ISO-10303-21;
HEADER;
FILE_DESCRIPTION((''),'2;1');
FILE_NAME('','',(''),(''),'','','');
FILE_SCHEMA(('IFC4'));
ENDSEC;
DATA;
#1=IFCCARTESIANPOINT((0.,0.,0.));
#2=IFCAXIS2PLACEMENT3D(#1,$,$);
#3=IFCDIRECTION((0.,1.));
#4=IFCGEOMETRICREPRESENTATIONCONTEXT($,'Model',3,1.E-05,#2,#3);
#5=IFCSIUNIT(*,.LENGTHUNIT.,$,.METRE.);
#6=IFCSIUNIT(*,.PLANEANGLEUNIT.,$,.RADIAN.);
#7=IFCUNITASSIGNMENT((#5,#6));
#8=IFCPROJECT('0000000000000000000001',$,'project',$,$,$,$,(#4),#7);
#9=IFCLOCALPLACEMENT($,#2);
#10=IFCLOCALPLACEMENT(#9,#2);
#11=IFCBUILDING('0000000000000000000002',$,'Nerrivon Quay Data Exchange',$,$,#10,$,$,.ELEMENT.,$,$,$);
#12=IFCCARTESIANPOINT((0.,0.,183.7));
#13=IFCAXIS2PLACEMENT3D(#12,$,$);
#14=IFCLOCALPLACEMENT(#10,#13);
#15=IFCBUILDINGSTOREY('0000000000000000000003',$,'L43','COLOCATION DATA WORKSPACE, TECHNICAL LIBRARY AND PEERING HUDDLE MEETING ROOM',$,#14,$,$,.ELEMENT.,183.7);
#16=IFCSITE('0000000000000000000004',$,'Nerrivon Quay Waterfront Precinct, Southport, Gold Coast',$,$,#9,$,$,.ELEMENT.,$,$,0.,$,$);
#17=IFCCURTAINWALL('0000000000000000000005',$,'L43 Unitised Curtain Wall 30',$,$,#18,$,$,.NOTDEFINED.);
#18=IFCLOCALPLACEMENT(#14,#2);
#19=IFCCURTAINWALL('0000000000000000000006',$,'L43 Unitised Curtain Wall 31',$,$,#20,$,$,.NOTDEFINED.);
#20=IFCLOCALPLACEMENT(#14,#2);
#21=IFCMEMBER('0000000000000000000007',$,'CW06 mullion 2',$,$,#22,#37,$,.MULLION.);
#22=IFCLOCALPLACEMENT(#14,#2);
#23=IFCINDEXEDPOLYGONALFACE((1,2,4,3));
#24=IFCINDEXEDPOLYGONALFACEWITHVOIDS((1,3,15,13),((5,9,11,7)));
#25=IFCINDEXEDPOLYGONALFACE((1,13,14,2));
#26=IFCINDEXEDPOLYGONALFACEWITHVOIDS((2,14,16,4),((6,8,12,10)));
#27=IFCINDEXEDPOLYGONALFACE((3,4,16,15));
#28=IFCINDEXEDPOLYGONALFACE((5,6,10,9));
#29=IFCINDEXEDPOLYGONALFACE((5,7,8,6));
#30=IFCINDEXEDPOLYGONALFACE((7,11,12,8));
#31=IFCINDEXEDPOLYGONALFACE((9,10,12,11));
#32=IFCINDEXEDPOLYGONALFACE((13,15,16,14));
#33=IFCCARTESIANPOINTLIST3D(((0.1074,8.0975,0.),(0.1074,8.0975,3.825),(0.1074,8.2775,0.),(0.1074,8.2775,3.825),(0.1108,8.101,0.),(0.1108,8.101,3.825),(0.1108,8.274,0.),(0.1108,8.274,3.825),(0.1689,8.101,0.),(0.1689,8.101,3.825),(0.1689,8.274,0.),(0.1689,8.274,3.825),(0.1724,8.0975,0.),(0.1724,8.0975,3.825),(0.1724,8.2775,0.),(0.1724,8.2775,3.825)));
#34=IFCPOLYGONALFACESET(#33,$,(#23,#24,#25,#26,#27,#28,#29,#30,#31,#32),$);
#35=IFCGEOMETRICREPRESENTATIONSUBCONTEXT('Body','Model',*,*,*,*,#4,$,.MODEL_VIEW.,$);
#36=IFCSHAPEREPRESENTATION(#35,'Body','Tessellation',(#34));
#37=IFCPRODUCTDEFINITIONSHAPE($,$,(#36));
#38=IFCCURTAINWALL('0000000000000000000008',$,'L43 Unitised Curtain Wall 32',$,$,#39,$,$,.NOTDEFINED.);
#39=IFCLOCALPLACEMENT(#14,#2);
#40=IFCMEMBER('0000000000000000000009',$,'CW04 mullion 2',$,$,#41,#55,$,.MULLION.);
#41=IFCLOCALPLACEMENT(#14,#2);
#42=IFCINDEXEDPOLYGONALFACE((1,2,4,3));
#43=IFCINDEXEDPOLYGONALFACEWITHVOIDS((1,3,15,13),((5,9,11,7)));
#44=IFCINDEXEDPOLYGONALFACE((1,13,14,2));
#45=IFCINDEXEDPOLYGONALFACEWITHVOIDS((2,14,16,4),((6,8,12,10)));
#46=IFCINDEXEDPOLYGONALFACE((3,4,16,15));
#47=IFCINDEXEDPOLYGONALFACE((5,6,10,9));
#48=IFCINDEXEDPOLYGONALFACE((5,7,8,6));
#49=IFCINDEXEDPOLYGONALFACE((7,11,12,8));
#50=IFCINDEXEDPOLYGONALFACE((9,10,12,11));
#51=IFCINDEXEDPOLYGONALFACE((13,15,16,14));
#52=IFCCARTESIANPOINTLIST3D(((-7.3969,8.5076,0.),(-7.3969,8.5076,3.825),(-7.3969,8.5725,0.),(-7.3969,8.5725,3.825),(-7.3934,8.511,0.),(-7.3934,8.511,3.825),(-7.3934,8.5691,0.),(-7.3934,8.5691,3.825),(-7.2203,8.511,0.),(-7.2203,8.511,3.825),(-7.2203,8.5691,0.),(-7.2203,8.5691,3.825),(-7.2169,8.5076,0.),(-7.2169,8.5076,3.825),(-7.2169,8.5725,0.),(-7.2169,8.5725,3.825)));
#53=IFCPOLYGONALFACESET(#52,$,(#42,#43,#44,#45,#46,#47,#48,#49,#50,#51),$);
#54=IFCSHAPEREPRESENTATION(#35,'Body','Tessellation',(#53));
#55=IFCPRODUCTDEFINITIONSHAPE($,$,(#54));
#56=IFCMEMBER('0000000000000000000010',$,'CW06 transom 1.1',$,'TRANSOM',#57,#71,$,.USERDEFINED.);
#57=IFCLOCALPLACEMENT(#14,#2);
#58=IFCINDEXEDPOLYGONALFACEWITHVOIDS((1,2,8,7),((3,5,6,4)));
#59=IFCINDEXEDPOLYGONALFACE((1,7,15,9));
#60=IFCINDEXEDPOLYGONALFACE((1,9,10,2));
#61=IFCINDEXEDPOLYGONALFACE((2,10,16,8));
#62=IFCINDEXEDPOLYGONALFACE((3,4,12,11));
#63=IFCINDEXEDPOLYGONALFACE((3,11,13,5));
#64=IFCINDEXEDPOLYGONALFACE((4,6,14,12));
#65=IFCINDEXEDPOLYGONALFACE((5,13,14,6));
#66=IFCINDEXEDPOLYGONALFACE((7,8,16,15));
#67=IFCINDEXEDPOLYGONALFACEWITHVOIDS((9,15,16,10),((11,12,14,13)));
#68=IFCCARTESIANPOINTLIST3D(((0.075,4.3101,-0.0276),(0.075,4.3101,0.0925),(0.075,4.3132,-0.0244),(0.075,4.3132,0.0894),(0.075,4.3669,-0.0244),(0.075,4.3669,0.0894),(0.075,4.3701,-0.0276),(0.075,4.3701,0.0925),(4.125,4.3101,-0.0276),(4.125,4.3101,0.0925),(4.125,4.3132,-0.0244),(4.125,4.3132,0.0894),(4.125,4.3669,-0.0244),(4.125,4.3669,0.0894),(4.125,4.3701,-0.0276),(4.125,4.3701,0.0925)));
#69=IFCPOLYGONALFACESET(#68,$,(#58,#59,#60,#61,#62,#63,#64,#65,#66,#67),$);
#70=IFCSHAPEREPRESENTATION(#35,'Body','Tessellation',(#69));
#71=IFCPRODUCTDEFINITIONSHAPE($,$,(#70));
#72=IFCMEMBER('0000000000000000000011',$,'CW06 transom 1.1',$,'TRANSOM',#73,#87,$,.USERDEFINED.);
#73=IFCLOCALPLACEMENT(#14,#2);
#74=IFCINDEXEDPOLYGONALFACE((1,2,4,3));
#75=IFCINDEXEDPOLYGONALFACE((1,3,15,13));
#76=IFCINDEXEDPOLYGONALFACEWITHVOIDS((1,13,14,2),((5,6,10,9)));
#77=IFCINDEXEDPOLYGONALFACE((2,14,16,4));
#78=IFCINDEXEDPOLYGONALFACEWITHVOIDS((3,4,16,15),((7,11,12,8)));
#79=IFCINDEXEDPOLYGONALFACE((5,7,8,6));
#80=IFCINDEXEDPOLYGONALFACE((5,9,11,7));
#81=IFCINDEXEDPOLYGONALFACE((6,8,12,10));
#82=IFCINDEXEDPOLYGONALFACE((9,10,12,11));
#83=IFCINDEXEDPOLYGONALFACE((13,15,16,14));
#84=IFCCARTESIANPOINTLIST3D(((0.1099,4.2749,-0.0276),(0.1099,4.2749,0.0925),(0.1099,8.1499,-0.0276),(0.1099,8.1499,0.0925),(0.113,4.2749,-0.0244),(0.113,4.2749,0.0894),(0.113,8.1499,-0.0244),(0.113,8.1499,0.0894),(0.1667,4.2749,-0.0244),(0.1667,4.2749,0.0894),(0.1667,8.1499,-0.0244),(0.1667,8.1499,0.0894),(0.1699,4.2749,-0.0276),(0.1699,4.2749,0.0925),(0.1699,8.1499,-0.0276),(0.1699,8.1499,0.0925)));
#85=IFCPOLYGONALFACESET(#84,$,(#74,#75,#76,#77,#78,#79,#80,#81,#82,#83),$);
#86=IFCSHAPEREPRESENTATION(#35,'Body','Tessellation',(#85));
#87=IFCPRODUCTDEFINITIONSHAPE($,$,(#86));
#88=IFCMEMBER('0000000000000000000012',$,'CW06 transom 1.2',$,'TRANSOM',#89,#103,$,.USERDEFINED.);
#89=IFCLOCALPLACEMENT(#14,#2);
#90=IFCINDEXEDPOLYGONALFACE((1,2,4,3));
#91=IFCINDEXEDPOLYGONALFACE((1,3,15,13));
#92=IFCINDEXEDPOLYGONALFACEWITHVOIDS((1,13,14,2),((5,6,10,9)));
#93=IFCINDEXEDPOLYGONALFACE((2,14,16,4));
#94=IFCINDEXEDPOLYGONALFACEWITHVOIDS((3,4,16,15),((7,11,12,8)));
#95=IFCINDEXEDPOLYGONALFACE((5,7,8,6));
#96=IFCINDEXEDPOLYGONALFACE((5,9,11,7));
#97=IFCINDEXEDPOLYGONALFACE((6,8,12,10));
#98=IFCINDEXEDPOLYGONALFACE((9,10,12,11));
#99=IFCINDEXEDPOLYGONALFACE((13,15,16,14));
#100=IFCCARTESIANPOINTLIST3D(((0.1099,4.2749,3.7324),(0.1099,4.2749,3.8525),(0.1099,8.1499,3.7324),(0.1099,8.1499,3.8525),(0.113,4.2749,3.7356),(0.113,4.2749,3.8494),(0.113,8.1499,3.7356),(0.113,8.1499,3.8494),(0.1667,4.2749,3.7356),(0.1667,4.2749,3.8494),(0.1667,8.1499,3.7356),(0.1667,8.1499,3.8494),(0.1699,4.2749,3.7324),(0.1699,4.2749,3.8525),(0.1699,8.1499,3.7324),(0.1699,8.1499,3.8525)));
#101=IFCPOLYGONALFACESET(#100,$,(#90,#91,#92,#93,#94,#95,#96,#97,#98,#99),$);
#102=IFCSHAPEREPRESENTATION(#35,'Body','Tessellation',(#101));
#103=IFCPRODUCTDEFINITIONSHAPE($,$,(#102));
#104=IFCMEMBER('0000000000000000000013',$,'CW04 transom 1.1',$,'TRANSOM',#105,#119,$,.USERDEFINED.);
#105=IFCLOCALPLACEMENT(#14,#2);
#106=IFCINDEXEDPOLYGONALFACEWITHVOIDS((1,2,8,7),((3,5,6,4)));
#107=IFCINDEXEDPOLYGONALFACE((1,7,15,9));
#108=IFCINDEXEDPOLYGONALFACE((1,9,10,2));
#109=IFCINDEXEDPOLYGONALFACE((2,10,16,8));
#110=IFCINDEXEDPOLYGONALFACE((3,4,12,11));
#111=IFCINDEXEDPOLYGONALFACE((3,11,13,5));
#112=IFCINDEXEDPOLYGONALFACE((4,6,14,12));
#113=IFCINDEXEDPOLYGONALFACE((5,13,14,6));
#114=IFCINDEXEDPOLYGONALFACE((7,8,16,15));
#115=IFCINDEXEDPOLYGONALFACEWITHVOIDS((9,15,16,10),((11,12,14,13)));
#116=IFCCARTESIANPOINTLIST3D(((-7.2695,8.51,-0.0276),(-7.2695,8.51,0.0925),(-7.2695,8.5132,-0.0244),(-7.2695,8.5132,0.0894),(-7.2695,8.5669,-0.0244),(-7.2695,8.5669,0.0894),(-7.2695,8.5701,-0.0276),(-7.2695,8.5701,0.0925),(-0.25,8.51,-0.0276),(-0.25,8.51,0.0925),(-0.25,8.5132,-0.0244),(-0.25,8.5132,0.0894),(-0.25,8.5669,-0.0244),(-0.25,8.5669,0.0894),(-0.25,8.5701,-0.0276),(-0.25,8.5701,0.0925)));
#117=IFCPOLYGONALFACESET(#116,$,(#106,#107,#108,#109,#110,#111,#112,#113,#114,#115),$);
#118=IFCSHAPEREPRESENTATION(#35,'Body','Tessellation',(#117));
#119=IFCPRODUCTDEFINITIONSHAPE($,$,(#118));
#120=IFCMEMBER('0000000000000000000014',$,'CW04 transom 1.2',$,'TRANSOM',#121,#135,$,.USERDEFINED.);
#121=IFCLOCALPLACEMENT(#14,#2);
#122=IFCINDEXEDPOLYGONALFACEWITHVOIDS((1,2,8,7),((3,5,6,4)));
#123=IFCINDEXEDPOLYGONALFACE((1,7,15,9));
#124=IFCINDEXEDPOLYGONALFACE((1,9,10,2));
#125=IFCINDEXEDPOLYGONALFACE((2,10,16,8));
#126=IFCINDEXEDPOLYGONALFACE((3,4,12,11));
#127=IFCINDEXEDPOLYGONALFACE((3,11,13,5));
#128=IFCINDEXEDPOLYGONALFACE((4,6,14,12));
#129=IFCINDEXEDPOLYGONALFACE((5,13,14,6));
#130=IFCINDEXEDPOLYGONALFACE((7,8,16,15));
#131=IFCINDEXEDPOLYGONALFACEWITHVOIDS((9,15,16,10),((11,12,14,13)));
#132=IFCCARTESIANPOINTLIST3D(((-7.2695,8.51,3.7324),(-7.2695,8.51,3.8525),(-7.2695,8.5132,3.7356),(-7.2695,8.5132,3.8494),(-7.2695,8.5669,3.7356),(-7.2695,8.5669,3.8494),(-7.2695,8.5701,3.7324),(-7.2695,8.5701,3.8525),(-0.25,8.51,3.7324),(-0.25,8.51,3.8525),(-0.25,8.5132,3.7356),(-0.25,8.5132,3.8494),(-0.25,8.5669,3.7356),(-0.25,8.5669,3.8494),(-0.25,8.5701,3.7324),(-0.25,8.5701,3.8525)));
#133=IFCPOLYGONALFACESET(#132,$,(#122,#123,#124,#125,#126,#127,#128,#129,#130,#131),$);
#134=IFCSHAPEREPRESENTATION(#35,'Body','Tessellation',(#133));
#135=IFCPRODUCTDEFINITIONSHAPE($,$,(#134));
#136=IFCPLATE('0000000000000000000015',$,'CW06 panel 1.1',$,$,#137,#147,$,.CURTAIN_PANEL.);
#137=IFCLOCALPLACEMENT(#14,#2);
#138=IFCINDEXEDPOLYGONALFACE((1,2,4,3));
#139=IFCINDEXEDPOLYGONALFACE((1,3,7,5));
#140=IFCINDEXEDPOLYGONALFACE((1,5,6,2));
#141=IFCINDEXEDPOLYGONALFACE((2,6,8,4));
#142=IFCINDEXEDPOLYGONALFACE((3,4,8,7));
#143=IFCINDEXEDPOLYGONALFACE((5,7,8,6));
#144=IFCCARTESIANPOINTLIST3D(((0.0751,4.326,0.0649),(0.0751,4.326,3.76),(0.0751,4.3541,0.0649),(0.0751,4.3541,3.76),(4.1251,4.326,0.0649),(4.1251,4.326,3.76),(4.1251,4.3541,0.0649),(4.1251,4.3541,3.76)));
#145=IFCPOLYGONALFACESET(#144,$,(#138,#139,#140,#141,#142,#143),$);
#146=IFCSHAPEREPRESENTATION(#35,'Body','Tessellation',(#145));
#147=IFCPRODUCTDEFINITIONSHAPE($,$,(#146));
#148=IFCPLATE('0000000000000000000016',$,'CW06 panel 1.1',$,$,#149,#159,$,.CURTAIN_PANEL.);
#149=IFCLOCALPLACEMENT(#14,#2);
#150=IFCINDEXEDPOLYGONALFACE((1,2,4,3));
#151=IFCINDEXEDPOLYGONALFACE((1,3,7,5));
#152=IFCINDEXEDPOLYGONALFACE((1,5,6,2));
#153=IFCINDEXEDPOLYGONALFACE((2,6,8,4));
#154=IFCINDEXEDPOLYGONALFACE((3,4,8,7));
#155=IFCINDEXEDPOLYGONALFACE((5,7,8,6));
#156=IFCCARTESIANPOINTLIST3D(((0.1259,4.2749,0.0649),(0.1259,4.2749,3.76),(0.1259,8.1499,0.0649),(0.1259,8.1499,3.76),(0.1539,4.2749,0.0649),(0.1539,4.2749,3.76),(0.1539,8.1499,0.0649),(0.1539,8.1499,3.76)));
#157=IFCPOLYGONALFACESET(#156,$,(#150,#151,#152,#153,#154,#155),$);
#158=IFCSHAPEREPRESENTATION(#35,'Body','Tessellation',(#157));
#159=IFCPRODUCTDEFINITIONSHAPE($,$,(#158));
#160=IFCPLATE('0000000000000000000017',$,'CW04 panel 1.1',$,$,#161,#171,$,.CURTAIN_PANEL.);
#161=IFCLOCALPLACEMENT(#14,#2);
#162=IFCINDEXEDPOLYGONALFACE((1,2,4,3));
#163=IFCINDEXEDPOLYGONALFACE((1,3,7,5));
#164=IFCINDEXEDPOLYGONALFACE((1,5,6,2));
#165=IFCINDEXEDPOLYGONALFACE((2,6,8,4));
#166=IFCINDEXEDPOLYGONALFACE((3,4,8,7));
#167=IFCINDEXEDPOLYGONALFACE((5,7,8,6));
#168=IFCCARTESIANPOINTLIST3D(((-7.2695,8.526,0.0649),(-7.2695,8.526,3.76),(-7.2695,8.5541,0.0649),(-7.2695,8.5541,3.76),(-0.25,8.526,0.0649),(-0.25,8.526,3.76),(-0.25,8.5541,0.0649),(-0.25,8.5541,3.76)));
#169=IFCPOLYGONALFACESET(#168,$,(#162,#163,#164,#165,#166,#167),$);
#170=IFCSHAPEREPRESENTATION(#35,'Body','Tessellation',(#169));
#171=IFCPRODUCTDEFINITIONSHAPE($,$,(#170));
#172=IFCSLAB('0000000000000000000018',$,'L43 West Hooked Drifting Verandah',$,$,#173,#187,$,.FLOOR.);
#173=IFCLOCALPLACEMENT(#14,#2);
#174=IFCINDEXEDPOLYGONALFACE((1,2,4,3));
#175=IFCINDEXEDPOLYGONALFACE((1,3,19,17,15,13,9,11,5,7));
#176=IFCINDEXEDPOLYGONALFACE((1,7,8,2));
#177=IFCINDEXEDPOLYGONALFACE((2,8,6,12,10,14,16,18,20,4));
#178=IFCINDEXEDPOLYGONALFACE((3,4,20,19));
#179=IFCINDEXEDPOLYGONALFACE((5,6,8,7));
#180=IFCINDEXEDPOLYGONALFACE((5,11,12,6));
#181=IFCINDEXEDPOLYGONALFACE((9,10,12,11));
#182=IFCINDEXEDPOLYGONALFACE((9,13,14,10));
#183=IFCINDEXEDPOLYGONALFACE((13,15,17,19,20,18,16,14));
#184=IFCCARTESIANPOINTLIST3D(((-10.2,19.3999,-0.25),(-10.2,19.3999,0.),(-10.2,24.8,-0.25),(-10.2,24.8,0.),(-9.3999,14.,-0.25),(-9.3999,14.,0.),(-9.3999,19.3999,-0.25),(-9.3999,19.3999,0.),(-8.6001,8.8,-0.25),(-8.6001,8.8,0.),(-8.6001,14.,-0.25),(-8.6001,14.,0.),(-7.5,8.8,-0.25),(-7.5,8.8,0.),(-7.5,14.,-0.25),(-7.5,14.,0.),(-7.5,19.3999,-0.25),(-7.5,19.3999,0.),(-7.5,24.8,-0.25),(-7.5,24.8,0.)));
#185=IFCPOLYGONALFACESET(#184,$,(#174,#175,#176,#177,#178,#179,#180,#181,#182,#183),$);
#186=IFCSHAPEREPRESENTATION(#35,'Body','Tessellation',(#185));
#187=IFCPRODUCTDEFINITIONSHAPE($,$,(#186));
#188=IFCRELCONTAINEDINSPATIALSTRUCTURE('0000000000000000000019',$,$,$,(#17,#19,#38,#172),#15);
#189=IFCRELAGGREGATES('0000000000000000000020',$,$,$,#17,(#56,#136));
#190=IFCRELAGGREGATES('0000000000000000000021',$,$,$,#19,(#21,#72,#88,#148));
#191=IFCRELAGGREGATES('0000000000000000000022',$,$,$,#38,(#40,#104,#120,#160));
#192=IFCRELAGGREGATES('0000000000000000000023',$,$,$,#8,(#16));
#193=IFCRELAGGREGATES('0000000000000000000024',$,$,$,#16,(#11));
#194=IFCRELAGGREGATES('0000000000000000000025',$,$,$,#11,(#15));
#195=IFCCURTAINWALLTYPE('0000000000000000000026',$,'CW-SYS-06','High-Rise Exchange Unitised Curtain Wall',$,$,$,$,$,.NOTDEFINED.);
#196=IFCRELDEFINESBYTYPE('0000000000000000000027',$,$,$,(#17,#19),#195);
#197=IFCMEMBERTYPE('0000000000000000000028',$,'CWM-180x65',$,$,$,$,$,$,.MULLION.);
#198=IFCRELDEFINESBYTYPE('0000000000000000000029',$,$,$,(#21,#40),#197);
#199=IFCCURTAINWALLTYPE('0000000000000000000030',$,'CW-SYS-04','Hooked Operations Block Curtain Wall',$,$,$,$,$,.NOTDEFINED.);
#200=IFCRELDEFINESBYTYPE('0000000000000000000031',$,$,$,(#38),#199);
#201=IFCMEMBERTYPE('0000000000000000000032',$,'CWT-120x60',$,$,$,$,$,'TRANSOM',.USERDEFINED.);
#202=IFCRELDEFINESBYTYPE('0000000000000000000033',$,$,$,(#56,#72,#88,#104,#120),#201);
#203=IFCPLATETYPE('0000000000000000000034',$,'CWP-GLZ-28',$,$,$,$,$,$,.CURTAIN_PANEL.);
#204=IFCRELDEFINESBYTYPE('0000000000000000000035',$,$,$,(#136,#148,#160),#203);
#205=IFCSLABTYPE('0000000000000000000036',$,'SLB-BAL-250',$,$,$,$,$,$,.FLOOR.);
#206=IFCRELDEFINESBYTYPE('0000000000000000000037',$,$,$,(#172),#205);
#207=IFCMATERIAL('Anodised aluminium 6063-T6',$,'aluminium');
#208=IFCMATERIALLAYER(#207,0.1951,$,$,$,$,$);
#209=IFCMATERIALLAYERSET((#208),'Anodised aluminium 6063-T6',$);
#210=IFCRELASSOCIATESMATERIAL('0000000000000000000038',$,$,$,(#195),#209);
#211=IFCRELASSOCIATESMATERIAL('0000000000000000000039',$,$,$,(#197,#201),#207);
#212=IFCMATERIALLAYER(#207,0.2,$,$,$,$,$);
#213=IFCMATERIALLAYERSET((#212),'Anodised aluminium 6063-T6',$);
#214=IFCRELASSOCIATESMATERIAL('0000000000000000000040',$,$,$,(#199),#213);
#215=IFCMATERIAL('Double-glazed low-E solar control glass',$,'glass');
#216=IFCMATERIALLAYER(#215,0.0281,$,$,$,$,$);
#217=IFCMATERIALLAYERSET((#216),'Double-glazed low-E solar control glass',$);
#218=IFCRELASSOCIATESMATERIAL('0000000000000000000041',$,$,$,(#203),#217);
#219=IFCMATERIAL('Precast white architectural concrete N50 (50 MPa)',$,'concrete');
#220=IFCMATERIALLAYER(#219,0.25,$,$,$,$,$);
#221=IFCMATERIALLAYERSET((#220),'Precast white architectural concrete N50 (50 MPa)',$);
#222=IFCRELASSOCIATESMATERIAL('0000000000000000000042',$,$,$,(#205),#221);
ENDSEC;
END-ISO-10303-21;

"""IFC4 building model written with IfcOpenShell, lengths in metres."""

from ifc_helpers import new_model, si_unit, direction, frame, origin, origin_2d, place, context, subcontext, project, spatial, polyline, rectangle, hollow_rectangle, outline, extrude, material, layer, layer_set, material_profile, profile_set, type_object, element, aggregate, save


model = new_model("IFC4")

# Units and contexts
model_context = context("Model", 3, precision=1e-05, world=origin(), true_north=direction((0.0, 1.0)))
body_context = subcontext(model_context, "Body", "Model", "MODEL_VIEW")
ifc_project = project(units=[si_unit("LENGTHUNIT", "METRE"), si_unit("PLANEANGLEUNIT", "RADIAN")], contexts=[model_context])

# Site, building, storey
site_placement = place(None, origin())
site = spatial("IfcSite", under=ifc_project, at=site_placement, Name="Nerrivon Quay Waterfront Precinct, Southport, Gold Coast", CompositionType="ELEMENT", RefElevation=0.0)
building_placement = place(site_placement, origin())
building = spatial("IfcBuilding", under=site, at=building_placement, Name="Nerrivon Quay Data Exchange", CompositionType="ELEMENT")
storey_placement = place(building_placement, frame((0.0, 0.0, 183.7)))
storey = spatial("IfcBuildingStorey", under=building, at=storey_placement, Name="L43", Description="COLOCATION DATA WORKSPACE, TECHNICAL LIBRARY AND PEERING HUDDLE MEETING ROOM", CompositionType="ELEMENT", Elevation=183.7)

# Curtain wall
ifc_material_1 = material(Name="Anodised aluminium 6063-T6", Category="aluminium")
ifc_layer_1 = layer(ifc_material_1, 0.1951)
ifc_layer_set_1 = layer_set([ifc_layer_1], Name="Anodised aluminium 6063-T6")
curtain_wall_type_1 = type_object("IfcCurtainWallType", Name="CW-SYS-06", Description="High-Rise Exchange Unitised Curtain Wall", PredefinedType="NOTDEFINED", material=ifc_layer_set_1)
curtain_wall_1_placement = place(storey_placement, origin())
curtain_wall_1 = element("IfcCurtainWall", 1, at=curtain_wall_1_placement, inside=storey, type_object=curtain_wall_type_1, Name="L43 Unitised Curtain Wall 30", PredefinedType="NOTDEFINED")
ifc_material_profile_1 = material_profile(ifc_material_1, hollow_rectangle(XDim=0.0649, YDim=0.1799, WallThickness=0.0034, at=origin_2d()), Name="ALU-MULL-180x65")
ifc_profile_set_1 = profile_set([ifc_material_profile_1], Name="Anodised aluminium 6063-T6")
member_type_1 = type_object("IfcMemberType", Name="CWM-180x65", PredefinedType="MULLION", material=ifc_profile_set_1)

# Curtain wall, member
curtain_wall_2_placement = place(storey_placement, origin())
curtain_wall_2 = element("IfcCurtainWall", 2, at=curtain_wall_2_placement, inside=storey, type_object=curtain_wall_type_1, Name="L43 Unitised Curtain Wall 31", PredefinedType="NOTDEFINED")
member_1_placement = place(storey_placement, frame((0.1399, 8.1875, 0.0), z_axis=(0.0, 0.0, 1.0), x_axis=(-1.0, 0.0, 0.0)))
member_1 = element("IfcMember", 3, at=member_1_placement, type_object=member_type_1, Name="CW06 mullion 2", PredefinedType="MULLION", context=body_context, shape_type="SweptSolid", body=[
    extrude(hollow_rectangle(XDim=0.0649, YDim=0.1799, WallThickness=0.0034, at=origin_2d()), origin(), (0.0, 0.0, 1.0), 3.825),
])

# Curtain wall, member
ifc_layer_2 = layer(ifc_material_1, 0.2)
ifc_layer_set_2 = layer_set([ifc_layer_2], Name="Anodised aluminium 6063-T6")
curtain_wall_type_2 = type_object("IfcCurtainWallType", Name="CW-SYS-04", Description="Hooked Operations Block Curtain Wall", PredefinedType="NOTDEFINED", material=ifc_layer_set_2)
curtain_wall_3_placement = place(storey_placement, origin())
curtain_wall_3 = element("IfcCurtainWall", 4, at=curtain_wall_3_placement, inside=storey, type_object=curtain_wall_type_2, Name="L43 Unitised Curtain Wall 32", PredefinedType="NOTDEFINED")
member_2_placement = place(storey_placement, frame((-7.3069, 8.54, 0.0), z_axis=(0.0, 0.0, 1.0), x_axis=(0.0, -1.0, 0.0)))
member_2 = element("IfcMember", 5, at=member_2_placement, type_object=member_type_1, Name="CW04 mullion 2", PredefinedType="MULLION", context=body_context, shape_type="SweptSolid", body=[
    extrude(hollow_rectangle(XDim=0.0649, YDim=0.1799, WallThickness=0.0034, at=origin_2d()), origin(), (0.0, 0.0, 1.0), 3.825),
])

# Members
ifc_material_profile_2 = material_profile(ifc_material_1, hollow_rectangle(XDim=0.0601, YDim=0.1201, WallThickness=0.0032, at=origin_2d()), Name="ALU-TRAN-120x60")
ifc_profile_set_2 = profile_set([ifc_material_profile_2], Name="Anodised aluminium 6063-T6")
member_type_2 = type_object("IfcMemberType", Name="CWT-120x60", ElementType="TRANSOM", PredefinedType="USERDEFINED", material=ifc_profile_set_2)
member_3_placement = place(storey_placement, frame((4.125, 4.3401, 0.0325), z_axis=(-1.0, 0.0, 0.0), x_axis=(0.0, -1.0, 0.0)))
member_3 = element("IfcMember", 6, at=member_3_placement, type_object=member_type_2, Name="CW06 transom 1.1", ObjectType="TRANSOM", PredefinedType="USERDEFINED", context=body_context, shape_type="SweptSolid", body=[
    extrude(hollow_rectangle(XDim=0.0601, YDim=0.1201, WallThickness=0.0032, at=origin_2d()), origin(), (0.0, 0.0, 1.0), 4.05),
])
member_4_placement = place(storey_placement, frame((0.1399, 4.2749, 0.0325), z_axis=(0.0, 1.0, 0.0), x_axis=(-1.0, 0.0, 0.0)))
member_4 = element("IfcMember", 7, at=member_4_placement, type_object=member_type_2, Name="CW06 transom 1.1", ObjectType="TRANSOM", PredefinedType="USERDEFINED", context=body_context, shape_type="SweptSolid", body=[
    extrude(hollow_rectangle(XDim=0.0601, YDim=0.1201, WallThickness=0.0032, at=origin_2d()), origin(), (0.0, 0.0, 1.0), 3.875),
])
member_5_placement = place(storey_placement, frame((0.1399, 4.2749, 3.7925), z_axis=(0.0, 1.0, 0.0), x_axis=(-1.0, 0.0, 0.0)))
member_5 = element("IfcMember", 8, at=member_5_placement, type_object=member_type_2, Name="CW06 transom 1.2", ObjectType="TRANSOM", PredefinedType="USERDEFINED", context=body_context, shape_type="SweptSolid", body=[
    extrude(hollow_rectangle(XDim=0.0601, YDim=0.1201, WallThickness=0.0032, at=origin_2d()), origin(), (0.0, 0.0, 1.0), 3.875),
])
member_6_placement = place(storey_placement, frame((-0.25, 8.54, 0.0325), z_axis=(-1.0, 0.0, 0.0), x_axis=(0.0, -1.0, 0.0)))
member_6 = element("IfcMember", 9, at=member_6_placement, type_object=member_type_2, Name="CW04 transom 1.1", ObjectType="TRANSOM", PredefinedType="USERDEFINED", context=body_context, shape_type="SweptSolid", body=[
    extrude(hollow_rectangle(XDim=0.0601, YDim=0.1201, WallThickness=0.0032, at=origin_2d()), origin(), (0.0, 0.0, 1.0), 7.0195),
])
member_7_placement = place(storey_placement, frame((-0.25, 8.54, 3.7925), z_axis=(-1.0, 0.0, 0.0), x_axis=(0.0, -1.0, 0.0)))
member_7 = element("IfcMember", 10, at=member_7_placement, type_object=member_type_2, Name="CW04 transom 1.2", ObjectType="TRANSOM", PredefinedType="USERDEFINED", context=body_context, shape_type="SweptSolid", body=[
    extrude(hollow_rectangle(XDim=0.0601, YDim=0.1201, WallThickness=0.0032, at=origin_2d()), origin(), (0.0, 0.0, 1.0), 7.0195),
])

# Plates
ifc_material_2 = material(Name="Double-glazed low-E solar control glass", Category="glass")
ifc_layer_3 = layer(ifc_material_2, 0.0281)
ifc_layer_set_3 = layer_set([ifc_layer_3], Name="Double-glazed low-E solar control glass")
plate_type = type_object("IfcPlateType", Name="CWP-GLZ-28", PredefinedType="CURTAIN_PANEL", material=ifc_layer_set_3)
plate_1_placement = place(storey_placement, frame((2.1001, 4.3401, 0.0649), z_axis=(0.0, 0.0, 1.0), x_axis=(-1.0, 0.0, 0.0)))
plate_1 = element("IfcPlate", 11, at=plate_1_placement, type_object=plate_type, Name="CW06 panel 1.1", PredefinedType="CURTAIN_PANEL", context=body_context, shape_type="SweptSolid", body=[
    extrude(rectangle(XDim=4.05, YDim=0.0281, at=origin_2d()), origin(), (0.0, 0.0, 1.0), 3.6951),
])
aggregate(curtain_wall_1, [member_3, plate_1])
plate_2_placement = place(storey_placement, frame((0.1399, 6.2124, 0.0649), z_axis=(0.0, 0.0, 1.0), x_axis=(0.0, 1.0, 0.0)))
plate_2 = element("IfcPlate", 12, at=plate_2_placement, type_object=plate_type, Name="CW06 panel 1.1", PredefinedType="CURTAIN_PANEL", context=body_context, shape_type="SweptSolid", body=[
    extrude(rectangle(XDim=3.875, YDim=0.0281, at=origin_2d()), origin(), (0.0, 0.0, 1.0), 3.6951),
])
aggregate(curtain_wall_2, [member_1, member_4, member_5, plate_2])
plate_3_placement = place(storey_placement, frame((-3.7598, 8.54, 0.0649), z_axis=(0.0, 0.0, 1.0), x_axis=(-1.0, 0.0, 0.0)))
plate_3 = element("IfcPlate", 13, at=plate_3_placement, type_object=plate_type, Name="CW04 panel 1.1", PredefinedType="CURTAIN_PANEL", context=body_context, shape_type="SweptSolid", body=[
    extrude(rectangle(XDim=7.0195, YDim=0.0281, at=origin_2d()), origin(), (0.0, 0.0, 1.0), 3.6951),
])
aggregate(curtain_wall_3, [member_2, member_6, member_7, plate_3])

# Slab
ifc_material_3 = material(Name="Precast white architectural concrete N50 (50 MPa)", Category="concrete")
ifc_layer_4 = layer(ifc_material_3, 0.25)
ifc_layer_set_4 = layer_set([ifc_layer_4], Name="Precast white architectural concrete N50 (50 MPa)")
slab_type_1 = type_object("IfcSlabType", Name="SLB-BAL-250", PredefinedType="FLOOR", material=ifc_layer_set_4)
slab_1_placement = place(storey_placement, frame((0.0, 0.0, -0.25)))
element("IfcSlab", 14, at=slab_1_placement, inside=storey, type_object=slab_type_1, Name="L43 West Hooked Drifting Verandah", PredefinedType="FLOOR", context=body_context, shape_type="SweptSolid", body=[
    extrude(outline(polyline([(-7.5, 14.0), (-7.5, 19.3999), (-7.5, 24.8), (-10.2, 24.8), (-10.2, 19.3999), (-9.3999, 19.3999), (-9.3999, 14.0), (-8.6001, 14.0), (-8.6001, 8.8), (-7.5, 8.8), (-7.5, 14.0)])), origin(), (0.0, 0.0, 1.0), 0.25),
])

save(model, "model.ifc")
